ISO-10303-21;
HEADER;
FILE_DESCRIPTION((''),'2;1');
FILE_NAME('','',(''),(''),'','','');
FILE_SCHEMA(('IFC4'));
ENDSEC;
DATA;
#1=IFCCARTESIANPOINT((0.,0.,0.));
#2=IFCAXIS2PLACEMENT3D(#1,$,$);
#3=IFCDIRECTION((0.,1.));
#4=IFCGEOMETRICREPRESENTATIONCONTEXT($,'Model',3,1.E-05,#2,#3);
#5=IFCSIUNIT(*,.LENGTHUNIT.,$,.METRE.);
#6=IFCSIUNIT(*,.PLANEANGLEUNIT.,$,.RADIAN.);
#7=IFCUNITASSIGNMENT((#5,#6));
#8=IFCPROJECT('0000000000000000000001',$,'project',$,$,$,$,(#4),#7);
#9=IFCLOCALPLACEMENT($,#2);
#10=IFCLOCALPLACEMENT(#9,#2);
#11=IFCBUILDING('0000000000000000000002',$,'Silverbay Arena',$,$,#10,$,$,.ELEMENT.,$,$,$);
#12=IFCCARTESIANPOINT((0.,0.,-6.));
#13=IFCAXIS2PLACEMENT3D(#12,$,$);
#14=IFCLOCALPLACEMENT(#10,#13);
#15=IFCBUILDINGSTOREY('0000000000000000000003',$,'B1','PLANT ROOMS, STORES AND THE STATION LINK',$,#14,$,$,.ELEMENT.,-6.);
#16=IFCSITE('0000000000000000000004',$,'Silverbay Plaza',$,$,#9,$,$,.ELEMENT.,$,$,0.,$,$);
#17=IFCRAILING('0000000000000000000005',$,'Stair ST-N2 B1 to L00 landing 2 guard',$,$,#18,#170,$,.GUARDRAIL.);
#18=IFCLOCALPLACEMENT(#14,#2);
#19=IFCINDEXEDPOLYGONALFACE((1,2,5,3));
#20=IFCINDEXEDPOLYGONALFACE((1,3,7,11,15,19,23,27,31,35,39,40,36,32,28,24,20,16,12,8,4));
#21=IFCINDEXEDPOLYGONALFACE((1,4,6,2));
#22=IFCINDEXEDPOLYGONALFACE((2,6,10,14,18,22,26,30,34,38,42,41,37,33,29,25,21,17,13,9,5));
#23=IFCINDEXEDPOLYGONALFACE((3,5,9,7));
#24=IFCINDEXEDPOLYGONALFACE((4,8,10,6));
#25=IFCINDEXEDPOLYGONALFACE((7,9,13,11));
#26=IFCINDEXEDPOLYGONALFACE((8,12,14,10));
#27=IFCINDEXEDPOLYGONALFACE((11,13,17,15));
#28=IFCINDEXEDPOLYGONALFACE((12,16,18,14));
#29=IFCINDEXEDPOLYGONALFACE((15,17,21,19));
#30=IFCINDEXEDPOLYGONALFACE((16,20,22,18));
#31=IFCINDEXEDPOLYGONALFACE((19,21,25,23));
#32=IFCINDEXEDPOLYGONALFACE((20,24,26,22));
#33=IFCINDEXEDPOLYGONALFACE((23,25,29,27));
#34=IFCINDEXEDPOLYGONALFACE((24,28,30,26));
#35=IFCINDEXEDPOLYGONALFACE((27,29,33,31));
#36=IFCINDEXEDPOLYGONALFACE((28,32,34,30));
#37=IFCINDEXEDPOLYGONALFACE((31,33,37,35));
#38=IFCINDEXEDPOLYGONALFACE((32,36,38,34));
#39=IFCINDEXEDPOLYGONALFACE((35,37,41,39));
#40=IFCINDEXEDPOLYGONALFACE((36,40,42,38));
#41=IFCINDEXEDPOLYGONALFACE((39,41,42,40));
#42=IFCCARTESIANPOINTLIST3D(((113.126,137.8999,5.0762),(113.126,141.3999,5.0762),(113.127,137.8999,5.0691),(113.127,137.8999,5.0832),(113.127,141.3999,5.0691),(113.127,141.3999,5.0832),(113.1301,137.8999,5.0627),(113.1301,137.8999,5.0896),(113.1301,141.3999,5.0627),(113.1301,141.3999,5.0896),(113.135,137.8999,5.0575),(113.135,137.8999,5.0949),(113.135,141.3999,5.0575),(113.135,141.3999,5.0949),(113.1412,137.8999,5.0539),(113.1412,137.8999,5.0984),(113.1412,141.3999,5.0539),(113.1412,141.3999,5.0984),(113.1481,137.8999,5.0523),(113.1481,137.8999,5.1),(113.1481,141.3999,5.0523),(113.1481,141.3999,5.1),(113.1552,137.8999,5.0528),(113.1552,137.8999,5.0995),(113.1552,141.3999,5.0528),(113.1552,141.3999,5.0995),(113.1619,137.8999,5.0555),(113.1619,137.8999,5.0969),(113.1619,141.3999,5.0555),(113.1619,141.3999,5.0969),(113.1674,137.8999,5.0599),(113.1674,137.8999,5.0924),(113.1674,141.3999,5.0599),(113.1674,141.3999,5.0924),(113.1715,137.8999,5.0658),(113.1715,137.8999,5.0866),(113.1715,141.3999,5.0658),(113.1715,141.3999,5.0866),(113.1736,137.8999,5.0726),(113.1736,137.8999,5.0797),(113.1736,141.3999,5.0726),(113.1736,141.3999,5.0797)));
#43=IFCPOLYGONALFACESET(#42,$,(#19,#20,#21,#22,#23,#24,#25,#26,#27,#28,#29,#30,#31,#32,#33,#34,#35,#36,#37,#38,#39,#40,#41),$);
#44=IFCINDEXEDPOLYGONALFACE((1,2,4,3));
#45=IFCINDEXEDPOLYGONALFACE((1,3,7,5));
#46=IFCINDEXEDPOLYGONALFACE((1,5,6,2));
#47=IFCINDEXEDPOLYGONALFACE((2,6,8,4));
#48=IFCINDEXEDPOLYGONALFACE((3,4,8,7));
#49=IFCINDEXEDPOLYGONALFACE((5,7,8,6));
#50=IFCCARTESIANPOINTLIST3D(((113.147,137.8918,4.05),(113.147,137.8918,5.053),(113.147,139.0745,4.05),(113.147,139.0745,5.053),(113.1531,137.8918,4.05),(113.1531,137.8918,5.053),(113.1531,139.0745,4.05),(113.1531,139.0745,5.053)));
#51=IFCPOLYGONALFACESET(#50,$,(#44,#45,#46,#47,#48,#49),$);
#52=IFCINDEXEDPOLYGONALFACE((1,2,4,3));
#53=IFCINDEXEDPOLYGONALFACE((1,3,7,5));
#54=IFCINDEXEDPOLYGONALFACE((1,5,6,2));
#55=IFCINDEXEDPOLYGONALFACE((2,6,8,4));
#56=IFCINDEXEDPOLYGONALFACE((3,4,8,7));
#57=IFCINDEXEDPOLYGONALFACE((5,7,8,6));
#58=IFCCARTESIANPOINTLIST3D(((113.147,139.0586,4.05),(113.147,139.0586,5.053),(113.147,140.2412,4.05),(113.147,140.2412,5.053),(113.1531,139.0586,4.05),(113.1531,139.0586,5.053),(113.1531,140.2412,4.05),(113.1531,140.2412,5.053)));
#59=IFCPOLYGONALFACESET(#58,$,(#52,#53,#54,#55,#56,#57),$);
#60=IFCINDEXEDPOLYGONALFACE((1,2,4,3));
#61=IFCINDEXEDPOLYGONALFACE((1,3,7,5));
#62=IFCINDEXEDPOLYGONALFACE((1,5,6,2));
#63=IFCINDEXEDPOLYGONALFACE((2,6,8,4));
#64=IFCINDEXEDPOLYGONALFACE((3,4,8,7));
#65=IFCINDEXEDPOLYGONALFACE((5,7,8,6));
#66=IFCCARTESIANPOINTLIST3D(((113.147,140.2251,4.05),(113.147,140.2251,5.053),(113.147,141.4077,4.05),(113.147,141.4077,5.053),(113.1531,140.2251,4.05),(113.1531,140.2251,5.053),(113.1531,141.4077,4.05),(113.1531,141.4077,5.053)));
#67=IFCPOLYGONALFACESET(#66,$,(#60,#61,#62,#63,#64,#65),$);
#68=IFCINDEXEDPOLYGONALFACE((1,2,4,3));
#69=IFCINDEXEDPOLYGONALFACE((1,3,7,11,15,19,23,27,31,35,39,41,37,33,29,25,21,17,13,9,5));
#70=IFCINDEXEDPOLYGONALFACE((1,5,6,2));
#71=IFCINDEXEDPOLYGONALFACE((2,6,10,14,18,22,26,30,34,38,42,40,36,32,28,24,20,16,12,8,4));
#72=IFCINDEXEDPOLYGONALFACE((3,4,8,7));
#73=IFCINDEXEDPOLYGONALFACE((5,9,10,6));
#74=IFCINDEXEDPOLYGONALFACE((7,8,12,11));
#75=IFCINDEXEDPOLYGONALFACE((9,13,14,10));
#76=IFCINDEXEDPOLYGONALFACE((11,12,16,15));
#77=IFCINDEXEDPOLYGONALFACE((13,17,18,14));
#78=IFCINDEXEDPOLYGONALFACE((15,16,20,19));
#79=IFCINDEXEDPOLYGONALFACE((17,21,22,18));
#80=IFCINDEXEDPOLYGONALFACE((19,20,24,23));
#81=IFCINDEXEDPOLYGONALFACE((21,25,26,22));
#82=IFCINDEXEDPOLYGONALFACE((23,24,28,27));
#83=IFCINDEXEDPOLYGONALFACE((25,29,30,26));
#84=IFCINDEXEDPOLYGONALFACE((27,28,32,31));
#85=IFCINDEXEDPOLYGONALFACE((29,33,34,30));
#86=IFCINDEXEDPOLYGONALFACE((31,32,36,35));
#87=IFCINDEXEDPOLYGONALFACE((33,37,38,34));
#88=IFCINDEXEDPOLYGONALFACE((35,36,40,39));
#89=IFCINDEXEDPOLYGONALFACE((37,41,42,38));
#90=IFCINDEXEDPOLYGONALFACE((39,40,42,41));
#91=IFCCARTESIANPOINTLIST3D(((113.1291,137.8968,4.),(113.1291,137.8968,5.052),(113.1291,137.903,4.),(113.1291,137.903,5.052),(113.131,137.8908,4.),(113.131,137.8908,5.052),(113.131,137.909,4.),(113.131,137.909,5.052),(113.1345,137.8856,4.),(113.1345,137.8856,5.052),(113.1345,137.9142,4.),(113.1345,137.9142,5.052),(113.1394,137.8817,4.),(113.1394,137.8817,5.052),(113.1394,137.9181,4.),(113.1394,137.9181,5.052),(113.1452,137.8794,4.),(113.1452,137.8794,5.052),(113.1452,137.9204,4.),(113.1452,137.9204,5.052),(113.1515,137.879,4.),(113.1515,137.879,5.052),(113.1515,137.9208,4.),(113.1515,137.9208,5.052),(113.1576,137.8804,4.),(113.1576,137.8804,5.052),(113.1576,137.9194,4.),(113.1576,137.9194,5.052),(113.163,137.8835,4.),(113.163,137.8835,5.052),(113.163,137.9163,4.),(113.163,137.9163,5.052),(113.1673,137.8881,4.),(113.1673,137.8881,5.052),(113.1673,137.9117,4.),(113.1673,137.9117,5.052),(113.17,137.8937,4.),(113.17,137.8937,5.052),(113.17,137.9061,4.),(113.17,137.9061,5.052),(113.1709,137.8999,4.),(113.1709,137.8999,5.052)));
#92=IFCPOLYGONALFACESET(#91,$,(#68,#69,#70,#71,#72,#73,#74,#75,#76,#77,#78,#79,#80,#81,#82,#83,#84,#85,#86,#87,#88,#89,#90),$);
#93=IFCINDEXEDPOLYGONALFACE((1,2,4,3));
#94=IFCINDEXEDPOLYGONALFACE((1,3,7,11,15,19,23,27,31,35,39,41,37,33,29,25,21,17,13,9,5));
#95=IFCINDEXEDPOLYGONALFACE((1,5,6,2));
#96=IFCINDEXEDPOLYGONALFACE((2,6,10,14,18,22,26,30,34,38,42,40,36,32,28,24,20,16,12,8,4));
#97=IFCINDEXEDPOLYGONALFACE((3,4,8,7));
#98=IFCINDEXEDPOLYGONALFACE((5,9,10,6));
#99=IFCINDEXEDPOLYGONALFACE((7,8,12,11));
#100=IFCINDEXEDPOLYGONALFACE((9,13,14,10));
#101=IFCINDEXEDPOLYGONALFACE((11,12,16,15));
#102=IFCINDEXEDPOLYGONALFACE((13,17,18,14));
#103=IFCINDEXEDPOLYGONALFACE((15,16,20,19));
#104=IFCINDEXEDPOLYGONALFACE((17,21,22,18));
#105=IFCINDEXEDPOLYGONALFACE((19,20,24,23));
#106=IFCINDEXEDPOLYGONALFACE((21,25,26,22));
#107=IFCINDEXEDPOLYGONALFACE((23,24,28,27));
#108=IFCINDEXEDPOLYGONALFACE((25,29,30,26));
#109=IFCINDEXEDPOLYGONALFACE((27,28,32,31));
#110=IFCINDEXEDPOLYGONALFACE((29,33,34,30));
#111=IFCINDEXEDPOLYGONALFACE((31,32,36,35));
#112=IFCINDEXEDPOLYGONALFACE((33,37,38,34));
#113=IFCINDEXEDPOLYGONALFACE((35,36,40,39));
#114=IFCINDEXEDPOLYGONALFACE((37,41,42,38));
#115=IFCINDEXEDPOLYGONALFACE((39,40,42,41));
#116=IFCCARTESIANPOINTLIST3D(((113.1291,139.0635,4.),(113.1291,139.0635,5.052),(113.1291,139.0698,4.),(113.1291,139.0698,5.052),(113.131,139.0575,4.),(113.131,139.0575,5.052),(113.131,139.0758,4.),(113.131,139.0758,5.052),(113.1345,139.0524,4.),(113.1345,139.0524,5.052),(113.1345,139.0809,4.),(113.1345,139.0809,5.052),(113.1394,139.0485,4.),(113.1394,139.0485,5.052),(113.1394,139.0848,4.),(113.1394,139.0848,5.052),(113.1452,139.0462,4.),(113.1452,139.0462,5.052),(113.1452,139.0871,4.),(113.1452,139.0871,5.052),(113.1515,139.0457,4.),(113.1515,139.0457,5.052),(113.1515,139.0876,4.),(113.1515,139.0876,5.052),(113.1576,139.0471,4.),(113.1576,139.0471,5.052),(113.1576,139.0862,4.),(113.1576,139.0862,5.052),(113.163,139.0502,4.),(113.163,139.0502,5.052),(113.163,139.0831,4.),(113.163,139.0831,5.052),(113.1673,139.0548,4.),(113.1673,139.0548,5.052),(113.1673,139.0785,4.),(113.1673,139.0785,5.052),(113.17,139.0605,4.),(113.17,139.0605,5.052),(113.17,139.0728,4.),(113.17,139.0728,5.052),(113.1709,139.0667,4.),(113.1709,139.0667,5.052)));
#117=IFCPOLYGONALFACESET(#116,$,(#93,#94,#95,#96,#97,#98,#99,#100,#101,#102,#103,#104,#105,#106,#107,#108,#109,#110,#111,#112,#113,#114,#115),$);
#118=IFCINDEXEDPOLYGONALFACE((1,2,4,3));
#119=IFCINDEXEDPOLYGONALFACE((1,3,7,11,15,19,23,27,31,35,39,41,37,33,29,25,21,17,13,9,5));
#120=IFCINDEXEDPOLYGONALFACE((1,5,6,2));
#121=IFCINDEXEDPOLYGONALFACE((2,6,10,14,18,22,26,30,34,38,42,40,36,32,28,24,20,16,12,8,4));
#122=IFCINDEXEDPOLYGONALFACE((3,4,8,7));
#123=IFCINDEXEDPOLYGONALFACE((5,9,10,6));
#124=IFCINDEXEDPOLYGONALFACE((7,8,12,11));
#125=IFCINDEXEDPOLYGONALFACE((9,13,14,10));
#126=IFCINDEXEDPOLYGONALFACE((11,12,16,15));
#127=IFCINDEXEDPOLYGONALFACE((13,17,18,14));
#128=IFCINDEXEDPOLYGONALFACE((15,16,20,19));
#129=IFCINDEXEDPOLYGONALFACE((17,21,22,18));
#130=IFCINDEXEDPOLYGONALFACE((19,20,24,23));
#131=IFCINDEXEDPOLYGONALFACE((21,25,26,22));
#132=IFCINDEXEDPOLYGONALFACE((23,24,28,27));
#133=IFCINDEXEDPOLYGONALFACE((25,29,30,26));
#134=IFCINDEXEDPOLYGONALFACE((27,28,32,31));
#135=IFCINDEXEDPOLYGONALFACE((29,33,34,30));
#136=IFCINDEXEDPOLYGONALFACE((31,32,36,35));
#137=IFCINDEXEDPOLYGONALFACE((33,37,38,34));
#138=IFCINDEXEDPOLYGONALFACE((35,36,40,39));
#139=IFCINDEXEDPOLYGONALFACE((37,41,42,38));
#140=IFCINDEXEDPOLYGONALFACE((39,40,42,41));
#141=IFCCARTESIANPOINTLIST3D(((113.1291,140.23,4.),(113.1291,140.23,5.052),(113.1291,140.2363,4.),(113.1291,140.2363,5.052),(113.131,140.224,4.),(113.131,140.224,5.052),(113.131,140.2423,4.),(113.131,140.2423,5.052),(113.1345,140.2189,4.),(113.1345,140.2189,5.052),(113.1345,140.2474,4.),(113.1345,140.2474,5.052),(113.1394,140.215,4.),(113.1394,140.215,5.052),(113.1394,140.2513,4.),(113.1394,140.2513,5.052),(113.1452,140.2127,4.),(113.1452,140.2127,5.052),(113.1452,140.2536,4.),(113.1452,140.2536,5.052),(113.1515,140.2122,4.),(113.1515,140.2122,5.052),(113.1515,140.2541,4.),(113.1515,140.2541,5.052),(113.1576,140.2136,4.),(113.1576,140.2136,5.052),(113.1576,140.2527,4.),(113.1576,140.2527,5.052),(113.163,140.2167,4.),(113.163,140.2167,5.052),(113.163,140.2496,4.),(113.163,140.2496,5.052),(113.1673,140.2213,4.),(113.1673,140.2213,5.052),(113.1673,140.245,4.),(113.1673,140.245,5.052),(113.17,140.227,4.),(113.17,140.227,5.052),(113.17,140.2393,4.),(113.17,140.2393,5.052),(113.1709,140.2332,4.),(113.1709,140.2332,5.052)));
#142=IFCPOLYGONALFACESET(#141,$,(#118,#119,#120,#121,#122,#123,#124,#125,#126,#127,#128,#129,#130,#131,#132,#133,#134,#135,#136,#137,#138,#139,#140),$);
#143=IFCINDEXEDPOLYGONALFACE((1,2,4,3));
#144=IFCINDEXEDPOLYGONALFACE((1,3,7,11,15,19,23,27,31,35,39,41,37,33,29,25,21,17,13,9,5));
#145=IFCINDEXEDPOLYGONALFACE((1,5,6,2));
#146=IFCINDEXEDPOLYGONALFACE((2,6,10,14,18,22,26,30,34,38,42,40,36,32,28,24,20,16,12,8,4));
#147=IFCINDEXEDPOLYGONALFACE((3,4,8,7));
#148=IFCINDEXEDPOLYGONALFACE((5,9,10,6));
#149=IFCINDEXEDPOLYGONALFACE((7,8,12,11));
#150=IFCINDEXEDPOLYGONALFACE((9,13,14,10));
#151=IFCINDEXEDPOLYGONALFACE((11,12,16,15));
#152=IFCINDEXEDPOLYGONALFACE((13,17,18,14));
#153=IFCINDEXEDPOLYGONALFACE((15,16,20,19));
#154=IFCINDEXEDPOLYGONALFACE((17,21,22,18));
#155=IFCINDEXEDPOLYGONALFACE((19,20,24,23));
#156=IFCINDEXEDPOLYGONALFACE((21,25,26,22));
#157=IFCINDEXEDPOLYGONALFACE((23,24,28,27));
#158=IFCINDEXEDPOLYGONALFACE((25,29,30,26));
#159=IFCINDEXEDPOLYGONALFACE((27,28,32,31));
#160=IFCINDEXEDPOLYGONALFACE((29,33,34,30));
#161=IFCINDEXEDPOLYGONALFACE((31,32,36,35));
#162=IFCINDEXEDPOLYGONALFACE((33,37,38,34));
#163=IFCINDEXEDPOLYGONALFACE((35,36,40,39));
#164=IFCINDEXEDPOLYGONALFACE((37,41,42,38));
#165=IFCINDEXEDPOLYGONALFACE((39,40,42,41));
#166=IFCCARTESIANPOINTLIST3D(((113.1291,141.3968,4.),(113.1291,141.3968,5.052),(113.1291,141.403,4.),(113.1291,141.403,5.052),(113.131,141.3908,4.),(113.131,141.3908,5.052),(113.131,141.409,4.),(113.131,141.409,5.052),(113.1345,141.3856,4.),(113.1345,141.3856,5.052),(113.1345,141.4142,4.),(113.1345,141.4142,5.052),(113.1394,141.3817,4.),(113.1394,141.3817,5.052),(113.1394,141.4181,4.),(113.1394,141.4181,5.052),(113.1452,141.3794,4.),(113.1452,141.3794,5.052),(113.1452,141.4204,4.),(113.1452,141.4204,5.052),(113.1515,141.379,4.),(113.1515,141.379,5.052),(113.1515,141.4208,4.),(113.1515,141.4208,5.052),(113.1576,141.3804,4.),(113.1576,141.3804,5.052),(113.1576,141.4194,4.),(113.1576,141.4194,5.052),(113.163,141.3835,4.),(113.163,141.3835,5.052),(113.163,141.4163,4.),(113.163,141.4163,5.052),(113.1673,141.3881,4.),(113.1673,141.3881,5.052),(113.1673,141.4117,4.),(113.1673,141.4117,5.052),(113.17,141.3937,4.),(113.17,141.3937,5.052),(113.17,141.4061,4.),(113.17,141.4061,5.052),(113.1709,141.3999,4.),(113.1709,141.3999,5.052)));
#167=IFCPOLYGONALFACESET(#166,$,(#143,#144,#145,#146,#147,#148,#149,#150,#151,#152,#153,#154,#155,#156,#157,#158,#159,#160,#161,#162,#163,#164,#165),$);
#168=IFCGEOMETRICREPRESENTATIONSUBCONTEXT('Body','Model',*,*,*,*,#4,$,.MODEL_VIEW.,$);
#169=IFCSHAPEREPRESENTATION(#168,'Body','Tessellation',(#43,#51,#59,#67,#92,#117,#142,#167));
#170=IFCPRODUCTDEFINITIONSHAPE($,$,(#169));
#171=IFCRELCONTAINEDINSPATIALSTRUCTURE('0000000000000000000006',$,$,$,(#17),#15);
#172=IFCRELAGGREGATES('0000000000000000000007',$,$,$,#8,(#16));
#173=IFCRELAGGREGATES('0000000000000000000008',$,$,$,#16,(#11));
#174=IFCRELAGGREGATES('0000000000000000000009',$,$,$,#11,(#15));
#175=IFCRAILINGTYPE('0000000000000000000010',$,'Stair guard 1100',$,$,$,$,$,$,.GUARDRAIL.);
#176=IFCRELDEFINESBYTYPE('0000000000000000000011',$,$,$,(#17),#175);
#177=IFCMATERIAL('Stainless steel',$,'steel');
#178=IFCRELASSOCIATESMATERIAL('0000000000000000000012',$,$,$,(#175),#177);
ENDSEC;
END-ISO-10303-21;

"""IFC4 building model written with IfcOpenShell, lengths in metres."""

from ifc_helpers import new_model, si_unit, direction, frame, origin, origin_2d, place, context, subcontext, project, spatial, polyline, circle, outline, extrude, material, type_object, element, save


model = new_model("IFC4")

# Units and contexts
model_context = context("Model", 3, precision=1e-05, world=origin(), true_north=direction((0.0, 1.0)))
body_context = subcontext(model_context, "Body", "Model", "MODEL_VIEW")
ifc_project = project(units=[si_unit("LENGTHUNIT", "METRE"), si_unit("PLANEANGLEUNIT", "RADIAN")], contexts=[model_context])

# Site, building, storey
site_placement = place(None, origin())
site = spatial("IfcSite", under=ifc_project, at=site_placement, Name="Silverbay Plaza", CompositionType="ELEMENT", RefElevation=0.0)
building_placement = place(site_placement, origin())
building = spatial("IfcBuilding", under=site, at=building_placement, Name="Silverbay Arena", CompositionType="ELEMENT")
storey_placement = place(building_placement, frame((0.0, 0.0, -6.0)))
storey = spatial("IfcBuildingStorey", under=building, at=storey_placement, Name="B1", Description="PLANT ROOMS, STORES AND THE STATION LINK", CompositionType="ELEMENT", Elevation=-6.0)

# Railing
ifc_material_1 = material(Name="Stainless steel", Category="steel")
railing_type_1 = type_object("IfcRailingType", Name="Stair guard 1100", PredefinedType="GUARDRAIL", material=ifc_material_1)
for number, where, name in (
    (1, (113.1499, 137.8999, 4.0), "Stair ST-N2 B1 to L00 landing 2 guard"),
):
    element("IfcRailing", number, at=place(storey_placement, frame(where)), inside=storey, type_object=railing_type_1, Name=name, PredefinedType="GUARDRAIL", context=body_context, shape_type="SweptSolid", body=[
        extrude(circle(Radius=0.0239, at=origin_2d()), frame((0.0, 0.0, 1.0762), z_axis=(0.0, 1.0, 0.0), x_axis=(-1.0, 0.0, 0.0)), (0.0, 0.0, 1.0), 3.5),
        extrude(outline(polyline([(-0.0081, 0.05), (1.1746, 0.05), (1.1746, 1.053), (-0.0081, 1.053), (-0.0081, 0.05)])), frame((-0.0029, 0.0, 0.0), z_axis=(1.0, 0.0, 0.0), x_axis=(0.0, 1.0, 0.0)), (0.0, 0.0, 1.0), 0.0061),
        extrude(outline(polyline([(-0.0081, 0.05), (1.1746, 0.05), (1.1746, 1.053), (-0.0081, 1.053), (-0.0081, 0.05)])), frame((-0.0029, 1.1667, 0.0), z_axis=(1.0, 0.0, 0.0), x_axis=(0.0, 1.0, 0.0)), (0.0, 0.0, 1.0), 0.0061),
        extrude(outline(polyline([(-0.0081, 0.05), (1.1746, 0.05), (1.1746, 1.053), (-0.0081, 1.053), (-0.0081, 0.05)])), frame((-0.0029, 2.3333, 0.0), z_axis=(1.0, 0.0, 0.0), x_axis=(0.0, 1.0, 0.0)), (0.0, 0.0, 1.0), 0.0061),
        extrude(circle(Radius=0.021, at=origin_2d()), origin(), (0.0, 0.0, 1.0), 1.052),
        extrude(circle(Radius=0.021, at=origin_2d()), frame((0.0, 1.1667, 0.0)), (0.0, 0.0, 1.0), 1.052),
        extrude(circle(Radius=0.021, at=origin_2d()), frame((0.0, 2.3333, 0.0)), (0.0, 0.0, 1.0), 1.052),
        extrude(circle(Radius=0.021, at=origin_2d()), frame((0.0, 3.5, 0.0)), (0.0, 0.0, 1.0), 1.052),
    ])

save(model, "model.ifc")
